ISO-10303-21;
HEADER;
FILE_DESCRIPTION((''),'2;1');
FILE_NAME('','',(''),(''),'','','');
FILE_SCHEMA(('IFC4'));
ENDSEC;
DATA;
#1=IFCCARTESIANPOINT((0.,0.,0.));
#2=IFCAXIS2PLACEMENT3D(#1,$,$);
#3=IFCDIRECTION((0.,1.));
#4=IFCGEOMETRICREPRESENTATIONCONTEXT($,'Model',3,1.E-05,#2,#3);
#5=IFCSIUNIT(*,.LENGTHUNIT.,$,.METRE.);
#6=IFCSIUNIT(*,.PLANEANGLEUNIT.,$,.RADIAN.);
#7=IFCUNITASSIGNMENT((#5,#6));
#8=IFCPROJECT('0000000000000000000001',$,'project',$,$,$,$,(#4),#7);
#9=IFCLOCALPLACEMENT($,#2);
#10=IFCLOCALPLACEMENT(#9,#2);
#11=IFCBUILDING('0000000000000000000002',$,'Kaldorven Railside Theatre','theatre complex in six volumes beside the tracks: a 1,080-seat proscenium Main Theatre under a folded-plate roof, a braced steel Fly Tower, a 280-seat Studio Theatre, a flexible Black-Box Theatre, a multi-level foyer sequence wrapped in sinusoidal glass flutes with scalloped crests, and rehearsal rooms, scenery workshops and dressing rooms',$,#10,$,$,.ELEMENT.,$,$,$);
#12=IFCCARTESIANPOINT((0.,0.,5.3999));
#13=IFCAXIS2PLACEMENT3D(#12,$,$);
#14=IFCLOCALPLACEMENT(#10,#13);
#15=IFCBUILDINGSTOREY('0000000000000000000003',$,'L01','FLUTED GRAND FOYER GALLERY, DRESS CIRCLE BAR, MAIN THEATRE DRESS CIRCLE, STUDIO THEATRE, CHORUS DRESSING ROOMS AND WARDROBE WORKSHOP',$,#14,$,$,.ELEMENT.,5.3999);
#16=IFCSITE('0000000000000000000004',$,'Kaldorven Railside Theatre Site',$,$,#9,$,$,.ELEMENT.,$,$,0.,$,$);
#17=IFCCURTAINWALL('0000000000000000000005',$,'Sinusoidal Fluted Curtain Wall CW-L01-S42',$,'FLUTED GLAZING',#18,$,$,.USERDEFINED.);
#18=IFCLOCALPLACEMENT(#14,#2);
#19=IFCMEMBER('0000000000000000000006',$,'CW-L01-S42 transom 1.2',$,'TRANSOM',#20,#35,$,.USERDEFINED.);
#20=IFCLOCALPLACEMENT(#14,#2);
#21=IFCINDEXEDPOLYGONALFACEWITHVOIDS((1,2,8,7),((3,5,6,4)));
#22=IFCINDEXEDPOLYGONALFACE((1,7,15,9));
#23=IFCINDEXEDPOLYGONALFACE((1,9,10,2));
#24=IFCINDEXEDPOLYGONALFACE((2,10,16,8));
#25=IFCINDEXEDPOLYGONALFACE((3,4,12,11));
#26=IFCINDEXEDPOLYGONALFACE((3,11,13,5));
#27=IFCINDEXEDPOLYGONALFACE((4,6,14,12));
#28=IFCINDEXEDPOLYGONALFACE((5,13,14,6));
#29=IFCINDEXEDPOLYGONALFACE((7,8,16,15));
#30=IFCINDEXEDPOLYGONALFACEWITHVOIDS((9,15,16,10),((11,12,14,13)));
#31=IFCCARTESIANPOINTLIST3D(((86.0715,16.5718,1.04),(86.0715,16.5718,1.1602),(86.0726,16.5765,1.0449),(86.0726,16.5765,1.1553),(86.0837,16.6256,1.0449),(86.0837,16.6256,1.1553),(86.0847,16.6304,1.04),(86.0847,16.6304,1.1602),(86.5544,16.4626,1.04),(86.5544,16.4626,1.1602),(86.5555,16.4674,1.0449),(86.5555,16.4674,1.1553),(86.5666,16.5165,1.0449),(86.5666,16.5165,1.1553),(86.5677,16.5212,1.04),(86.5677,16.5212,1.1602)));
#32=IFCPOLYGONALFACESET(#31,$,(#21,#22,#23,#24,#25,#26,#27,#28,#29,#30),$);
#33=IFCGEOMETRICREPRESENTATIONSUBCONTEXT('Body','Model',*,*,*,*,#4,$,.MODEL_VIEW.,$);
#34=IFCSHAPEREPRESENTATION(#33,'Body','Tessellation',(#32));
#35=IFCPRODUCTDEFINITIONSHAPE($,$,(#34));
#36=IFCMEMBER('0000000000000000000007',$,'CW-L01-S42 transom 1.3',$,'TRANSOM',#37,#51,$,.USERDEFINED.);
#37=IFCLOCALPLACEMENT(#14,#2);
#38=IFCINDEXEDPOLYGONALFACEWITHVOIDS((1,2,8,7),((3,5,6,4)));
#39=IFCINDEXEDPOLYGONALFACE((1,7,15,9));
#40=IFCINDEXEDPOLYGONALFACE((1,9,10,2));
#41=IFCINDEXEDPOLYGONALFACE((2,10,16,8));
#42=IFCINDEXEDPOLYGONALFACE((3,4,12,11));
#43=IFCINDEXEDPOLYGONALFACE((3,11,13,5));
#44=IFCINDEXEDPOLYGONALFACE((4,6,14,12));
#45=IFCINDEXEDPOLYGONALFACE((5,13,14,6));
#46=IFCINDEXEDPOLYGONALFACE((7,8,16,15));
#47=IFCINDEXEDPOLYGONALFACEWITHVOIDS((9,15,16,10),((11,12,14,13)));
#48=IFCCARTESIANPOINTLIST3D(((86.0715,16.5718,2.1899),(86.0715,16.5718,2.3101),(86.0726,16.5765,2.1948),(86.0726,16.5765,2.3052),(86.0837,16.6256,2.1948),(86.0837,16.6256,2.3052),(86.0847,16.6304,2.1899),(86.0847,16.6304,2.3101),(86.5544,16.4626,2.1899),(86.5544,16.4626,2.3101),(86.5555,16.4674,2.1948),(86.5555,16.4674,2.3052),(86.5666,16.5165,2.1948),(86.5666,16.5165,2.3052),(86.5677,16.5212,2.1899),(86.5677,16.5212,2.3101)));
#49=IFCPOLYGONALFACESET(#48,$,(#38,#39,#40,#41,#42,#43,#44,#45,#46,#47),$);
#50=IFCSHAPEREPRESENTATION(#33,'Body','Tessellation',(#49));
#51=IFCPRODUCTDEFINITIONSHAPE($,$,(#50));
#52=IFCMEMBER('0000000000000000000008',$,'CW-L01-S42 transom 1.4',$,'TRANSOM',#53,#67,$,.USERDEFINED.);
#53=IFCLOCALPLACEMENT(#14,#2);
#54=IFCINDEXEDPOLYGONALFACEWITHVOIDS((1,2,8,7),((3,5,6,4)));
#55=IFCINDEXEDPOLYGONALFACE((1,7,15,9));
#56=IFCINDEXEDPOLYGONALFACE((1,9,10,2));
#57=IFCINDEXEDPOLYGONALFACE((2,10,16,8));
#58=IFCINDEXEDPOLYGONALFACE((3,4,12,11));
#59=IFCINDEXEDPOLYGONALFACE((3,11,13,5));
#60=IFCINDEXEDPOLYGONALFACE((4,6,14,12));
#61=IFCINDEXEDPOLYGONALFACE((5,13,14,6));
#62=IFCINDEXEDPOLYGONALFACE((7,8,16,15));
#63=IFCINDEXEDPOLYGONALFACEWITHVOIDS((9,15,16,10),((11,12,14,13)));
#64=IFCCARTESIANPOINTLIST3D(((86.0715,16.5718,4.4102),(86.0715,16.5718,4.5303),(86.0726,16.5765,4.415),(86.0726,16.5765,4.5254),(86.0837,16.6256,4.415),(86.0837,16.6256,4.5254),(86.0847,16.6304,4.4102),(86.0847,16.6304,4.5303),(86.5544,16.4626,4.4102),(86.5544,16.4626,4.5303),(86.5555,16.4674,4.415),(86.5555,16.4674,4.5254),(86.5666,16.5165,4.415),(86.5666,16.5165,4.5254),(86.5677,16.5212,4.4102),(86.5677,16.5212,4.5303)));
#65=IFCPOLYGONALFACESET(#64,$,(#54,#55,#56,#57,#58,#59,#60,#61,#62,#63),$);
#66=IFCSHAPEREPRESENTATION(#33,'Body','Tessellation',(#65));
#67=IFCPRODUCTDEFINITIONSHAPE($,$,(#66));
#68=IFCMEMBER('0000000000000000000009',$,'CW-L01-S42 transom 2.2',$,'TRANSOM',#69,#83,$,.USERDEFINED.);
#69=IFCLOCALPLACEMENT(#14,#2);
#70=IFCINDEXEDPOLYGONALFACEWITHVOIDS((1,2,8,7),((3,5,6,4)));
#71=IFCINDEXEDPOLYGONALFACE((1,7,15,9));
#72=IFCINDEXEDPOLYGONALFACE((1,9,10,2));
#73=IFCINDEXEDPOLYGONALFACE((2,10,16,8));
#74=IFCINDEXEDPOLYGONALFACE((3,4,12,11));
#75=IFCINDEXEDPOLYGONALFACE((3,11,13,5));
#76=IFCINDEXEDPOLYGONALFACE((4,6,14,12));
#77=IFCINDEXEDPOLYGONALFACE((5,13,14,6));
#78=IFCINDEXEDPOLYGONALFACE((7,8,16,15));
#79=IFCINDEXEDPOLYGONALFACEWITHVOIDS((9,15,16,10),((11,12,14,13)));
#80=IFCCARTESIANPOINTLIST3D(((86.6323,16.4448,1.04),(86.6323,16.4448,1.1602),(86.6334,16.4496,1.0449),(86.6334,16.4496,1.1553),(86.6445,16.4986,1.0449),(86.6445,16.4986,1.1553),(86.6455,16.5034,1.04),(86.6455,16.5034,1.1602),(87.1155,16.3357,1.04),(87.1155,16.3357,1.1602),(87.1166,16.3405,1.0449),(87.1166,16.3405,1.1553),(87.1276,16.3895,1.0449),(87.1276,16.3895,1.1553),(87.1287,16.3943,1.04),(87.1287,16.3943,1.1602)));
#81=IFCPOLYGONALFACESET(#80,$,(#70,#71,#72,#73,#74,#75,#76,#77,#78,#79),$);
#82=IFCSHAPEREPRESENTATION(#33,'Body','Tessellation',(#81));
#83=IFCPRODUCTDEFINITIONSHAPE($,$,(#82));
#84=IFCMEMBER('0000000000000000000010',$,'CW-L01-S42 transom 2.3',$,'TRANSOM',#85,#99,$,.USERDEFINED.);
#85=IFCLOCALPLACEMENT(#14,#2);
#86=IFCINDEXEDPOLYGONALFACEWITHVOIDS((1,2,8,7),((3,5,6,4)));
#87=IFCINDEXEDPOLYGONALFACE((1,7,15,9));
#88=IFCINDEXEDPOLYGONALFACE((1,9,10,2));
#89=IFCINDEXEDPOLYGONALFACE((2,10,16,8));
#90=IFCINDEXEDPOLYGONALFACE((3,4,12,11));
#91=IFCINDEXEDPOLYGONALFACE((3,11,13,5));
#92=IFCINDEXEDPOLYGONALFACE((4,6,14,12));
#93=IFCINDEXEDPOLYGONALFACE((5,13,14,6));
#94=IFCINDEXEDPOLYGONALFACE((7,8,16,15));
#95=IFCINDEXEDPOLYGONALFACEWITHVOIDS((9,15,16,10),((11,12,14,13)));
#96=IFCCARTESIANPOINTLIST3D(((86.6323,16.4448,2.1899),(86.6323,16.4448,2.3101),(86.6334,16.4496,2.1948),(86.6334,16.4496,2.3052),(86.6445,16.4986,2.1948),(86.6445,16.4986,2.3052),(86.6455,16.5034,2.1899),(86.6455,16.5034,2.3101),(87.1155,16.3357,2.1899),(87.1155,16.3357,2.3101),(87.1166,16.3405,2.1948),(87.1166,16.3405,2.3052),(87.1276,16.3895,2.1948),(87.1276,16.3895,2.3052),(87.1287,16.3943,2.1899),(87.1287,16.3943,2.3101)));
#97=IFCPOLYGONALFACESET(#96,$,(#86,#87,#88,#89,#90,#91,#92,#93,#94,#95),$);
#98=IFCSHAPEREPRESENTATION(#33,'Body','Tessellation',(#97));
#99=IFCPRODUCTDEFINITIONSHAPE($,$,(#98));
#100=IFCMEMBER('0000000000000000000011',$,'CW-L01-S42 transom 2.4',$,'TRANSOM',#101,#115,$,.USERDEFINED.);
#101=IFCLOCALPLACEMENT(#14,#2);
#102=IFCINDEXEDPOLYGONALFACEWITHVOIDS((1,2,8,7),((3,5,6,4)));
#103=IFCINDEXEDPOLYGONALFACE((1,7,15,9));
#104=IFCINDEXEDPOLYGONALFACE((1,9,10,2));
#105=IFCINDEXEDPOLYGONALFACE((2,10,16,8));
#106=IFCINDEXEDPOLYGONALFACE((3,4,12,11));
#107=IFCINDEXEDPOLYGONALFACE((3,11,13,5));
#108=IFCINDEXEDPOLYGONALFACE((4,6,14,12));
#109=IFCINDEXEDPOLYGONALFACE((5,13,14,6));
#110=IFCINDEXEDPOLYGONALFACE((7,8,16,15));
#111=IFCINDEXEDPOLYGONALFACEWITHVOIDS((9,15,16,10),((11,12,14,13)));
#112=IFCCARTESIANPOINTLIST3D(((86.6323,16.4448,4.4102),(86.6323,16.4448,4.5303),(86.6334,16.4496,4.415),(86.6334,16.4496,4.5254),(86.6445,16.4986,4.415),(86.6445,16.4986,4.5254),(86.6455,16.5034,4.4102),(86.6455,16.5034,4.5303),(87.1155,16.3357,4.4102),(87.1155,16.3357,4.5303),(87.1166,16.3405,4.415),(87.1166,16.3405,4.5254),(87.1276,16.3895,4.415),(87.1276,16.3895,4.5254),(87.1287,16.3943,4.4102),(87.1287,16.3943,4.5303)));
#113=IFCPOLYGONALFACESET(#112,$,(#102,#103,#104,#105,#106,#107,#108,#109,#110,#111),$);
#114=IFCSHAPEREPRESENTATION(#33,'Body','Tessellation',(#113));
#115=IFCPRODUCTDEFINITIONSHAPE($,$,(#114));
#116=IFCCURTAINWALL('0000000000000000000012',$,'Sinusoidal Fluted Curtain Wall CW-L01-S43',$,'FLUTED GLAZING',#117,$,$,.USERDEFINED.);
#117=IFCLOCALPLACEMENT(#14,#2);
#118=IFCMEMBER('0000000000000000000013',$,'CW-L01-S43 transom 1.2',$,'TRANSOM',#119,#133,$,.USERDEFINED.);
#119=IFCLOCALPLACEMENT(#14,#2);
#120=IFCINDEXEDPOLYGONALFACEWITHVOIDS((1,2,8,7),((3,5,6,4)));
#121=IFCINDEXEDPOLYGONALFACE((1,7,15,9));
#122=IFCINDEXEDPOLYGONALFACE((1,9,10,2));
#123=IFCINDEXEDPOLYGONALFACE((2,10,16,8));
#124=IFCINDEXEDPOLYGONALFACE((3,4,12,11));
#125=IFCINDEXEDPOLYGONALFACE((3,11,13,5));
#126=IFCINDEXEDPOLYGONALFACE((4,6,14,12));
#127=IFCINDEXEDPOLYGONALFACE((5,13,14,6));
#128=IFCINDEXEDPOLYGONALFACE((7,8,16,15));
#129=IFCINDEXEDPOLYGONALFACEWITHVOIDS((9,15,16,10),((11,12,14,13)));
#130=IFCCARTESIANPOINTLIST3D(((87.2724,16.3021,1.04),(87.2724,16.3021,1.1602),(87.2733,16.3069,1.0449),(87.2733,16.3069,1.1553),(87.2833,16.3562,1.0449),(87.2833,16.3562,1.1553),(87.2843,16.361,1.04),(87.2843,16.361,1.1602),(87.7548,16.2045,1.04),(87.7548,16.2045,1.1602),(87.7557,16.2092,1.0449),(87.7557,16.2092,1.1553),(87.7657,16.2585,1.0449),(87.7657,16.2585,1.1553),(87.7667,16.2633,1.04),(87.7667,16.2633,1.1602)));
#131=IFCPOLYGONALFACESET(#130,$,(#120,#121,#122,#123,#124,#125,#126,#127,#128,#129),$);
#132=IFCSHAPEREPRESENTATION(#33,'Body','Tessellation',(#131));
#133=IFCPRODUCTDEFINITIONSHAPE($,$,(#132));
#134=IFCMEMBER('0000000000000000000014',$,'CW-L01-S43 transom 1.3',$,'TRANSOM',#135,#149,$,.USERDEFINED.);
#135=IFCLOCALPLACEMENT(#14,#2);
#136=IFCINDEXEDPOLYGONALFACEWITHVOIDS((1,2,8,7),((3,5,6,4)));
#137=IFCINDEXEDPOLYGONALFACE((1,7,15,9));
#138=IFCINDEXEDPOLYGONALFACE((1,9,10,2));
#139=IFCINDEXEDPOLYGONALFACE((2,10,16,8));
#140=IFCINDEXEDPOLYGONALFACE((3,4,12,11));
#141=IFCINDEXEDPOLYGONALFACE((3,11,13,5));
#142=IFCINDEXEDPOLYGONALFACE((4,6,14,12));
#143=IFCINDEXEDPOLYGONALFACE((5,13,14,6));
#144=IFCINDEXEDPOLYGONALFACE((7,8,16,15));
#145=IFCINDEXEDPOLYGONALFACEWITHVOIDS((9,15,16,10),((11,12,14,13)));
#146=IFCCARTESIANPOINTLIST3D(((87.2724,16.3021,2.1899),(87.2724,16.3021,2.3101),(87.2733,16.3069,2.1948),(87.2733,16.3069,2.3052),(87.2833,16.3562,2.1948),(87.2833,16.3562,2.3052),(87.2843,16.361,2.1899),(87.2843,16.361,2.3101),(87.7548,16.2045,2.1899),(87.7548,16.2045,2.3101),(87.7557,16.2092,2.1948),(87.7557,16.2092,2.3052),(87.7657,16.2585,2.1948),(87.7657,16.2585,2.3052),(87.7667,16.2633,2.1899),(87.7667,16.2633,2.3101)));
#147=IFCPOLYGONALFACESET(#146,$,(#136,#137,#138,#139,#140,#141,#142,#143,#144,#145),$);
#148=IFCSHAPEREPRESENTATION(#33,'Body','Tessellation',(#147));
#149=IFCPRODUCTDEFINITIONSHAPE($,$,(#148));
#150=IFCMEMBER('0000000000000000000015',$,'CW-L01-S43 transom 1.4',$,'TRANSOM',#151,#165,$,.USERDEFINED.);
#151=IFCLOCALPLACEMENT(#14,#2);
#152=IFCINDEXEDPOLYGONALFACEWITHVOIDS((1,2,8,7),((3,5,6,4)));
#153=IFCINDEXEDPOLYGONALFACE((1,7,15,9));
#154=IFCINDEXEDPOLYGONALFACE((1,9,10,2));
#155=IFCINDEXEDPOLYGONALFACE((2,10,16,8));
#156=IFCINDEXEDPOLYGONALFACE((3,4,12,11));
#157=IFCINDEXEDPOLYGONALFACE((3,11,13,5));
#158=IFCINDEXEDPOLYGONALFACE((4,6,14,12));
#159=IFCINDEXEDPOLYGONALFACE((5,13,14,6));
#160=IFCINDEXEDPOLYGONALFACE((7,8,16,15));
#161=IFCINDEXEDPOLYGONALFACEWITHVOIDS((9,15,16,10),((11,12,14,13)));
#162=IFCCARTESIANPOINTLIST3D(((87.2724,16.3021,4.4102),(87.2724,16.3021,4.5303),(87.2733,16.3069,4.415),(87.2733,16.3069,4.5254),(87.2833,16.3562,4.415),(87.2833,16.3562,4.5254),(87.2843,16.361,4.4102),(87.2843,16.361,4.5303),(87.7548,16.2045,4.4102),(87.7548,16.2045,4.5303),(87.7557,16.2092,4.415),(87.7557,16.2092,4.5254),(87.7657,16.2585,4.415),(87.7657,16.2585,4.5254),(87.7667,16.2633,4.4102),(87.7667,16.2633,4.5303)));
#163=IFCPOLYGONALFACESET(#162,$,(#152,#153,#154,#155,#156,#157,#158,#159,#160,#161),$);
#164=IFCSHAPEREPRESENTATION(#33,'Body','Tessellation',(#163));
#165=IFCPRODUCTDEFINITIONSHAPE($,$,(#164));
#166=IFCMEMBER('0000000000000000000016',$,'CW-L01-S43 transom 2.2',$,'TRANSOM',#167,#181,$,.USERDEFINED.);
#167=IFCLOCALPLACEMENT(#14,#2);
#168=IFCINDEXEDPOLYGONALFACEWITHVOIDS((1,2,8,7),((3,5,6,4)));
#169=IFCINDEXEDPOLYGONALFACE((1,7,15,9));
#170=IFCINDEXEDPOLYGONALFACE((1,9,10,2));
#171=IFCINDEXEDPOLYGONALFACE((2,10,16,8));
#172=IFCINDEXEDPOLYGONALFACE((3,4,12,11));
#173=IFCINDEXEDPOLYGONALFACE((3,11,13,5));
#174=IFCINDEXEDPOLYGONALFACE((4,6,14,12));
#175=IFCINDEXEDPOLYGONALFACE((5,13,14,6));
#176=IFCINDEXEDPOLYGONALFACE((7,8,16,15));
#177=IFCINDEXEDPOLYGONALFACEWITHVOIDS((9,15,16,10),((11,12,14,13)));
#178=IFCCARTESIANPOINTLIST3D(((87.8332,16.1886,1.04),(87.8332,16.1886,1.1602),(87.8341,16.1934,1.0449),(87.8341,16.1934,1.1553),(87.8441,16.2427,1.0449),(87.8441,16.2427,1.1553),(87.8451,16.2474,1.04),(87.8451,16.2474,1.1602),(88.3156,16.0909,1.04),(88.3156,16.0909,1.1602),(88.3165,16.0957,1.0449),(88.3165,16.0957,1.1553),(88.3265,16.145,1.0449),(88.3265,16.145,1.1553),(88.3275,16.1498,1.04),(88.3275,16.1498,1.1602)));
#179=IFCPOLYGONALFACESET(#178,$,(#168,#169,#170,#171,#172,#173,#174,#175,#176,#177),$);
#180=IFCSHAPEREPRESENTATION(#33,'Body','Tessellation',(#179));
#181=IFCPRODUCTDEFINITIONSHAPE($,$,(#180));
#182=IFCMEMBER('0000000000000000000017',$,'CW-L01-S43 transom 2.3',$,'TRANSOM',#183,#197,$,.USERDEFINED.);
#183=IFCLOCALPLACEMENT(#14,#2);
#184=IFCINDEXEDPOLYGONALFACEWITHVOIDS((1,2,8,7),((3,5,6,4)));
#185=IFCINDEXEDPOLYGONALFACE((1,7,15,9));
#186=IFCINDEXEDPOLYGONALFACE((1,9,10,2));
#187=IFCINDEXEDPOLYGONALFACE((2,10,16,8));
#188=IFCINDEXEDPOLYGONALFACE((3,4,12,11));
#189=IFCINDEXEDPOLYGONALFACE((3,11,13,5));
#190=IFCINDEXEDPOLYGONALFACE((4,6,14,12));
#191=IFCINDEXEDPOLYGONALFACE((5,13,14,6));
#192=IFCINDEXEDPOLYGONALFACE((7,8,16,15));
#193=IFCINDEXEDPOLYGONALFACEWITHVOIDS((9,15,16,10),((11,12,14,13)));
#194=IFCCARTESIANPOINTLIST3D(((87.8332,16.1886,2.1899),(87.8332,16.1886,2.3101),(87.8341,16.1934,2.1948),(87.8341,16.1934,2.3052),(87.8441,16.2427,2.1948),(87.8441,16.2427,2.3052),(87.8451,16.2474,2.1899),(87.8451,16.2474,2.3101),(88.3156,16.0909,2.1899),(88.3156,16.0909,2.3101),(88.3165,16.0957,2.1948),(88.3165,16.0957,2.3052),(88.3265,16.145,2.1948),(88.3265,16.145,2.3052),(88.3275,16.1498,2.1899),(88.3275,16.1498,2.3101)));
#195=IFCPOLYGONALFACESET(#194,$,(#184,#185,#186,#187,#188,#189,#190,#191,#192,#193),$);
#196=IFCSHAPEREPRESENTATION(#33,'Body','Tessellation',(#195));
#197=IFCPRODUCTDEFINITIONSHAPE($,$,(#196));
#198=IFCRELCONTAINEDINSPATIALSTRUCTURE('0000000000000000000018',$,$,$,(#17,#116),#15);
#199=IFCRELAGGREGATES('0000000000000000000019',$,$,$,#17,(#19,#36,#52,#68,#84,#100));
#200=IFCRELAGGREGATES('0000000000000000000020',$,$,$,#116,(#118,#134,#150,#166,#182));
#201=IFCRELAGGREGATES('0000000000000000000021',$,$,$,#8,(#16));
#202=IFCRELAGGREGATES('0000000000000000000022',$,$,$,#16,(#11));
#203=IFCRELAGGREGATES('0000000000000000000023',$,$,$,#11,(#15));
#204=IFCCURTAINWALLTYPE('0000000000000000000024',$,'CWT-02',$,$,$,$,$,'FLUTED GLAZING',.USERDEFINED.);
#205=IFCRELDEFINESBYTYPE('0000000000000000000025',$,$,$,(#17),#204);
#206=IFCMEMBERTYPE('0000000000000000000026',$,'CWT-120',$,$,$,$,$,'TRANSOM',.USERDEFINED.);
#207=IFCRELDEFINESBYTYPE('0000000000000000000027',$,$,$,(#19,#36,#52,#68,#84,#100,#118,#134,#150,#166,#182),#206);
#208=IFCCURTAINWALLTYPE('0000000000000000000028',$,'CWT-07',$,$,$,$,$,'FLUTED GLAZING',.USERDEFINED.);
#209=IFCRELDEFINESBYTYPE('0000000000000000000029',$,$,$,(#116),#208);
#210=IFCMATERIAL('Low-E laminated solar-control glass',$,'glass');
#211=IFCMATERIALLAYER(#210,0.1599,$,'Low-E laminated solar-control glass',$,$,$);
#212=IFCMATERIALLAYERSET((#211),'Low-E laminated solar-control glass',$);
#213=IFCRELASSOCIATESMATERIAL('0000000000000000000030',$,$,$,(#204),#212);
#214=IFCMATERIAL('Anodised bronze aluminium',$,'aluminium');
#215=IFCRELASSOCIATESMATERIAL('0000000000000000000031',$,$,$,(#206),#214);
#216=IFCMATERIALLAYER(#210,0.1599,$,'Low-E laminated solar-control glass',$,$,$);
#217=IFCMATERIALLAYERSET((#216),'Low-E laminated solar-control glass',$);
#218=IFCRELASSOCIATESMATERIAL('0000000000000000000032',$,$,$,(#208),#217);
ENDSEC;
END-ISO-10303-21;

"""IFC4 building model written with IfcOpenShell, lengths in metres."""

from ifc_helpers import new_model, si_unit, direction, frame, origin, origin_2d, place, context, subcontext, project, spatial, hollow_rectangle, extrude, material, layer, layer_set, material_profile, profile_set, type_object, element, aggregate, save


model = new_model("IFC4")

# Units and contexts
model_context = context("Model", 3, precision=1e-05, world=origin(), true_north=direction((0.0, 1.0)))
body_context = subcontext(model_context, "Body", "Model", "MODEL_VIEW")
ifc_project = project(units=[si_unit("LENGTHUNIT", "METRE"), si_unit("PLANEANGLEUNIT", "RADIAN")], contexts=[model_context])

# Site, building, storey
site_placement = place(None, origin())
site = spatial("IfcSite", under=ifc_project, at=site_placement, Name="Kaldorven Railside Theatre Site", CompositionType="ELEMENT", RefElevation=0.0)
building_placement = place(site_placement, origin())
building = spatial("IfcBuilding", under=site, at=building_placement, Name="Kaldorven Railside Theatre", Description="theatre complex in six volumes beside the tracks: a 1,080-seat proscenium Main Theatre under a folded-plate roof, a braced steel Fly Tower, a 280-seat Studio Theatre, a flexible Black-Box Theatre, a multi-level foyer sequence wrapped in sinusoidal glass flutes with scalloped crests, and rehearsal rooms, scenery workshops and dressing rooms", CompositionType="ELEMENT")
storey_placement = place(building_placement, frame((0.0, 0.0, 5.3999)))
storey = spatial("IfcBuildingStorey", under=building, at=storey_placement, Name="L01", Description="FLUTED GRAND FOYER GALLERY, DRESS CIRCLE BAR, MAIN THEATRE DRESS CIRCLE, STUDIO THEATRE, CHORUS DRESSING ROOMS AND WARDROBE WORKSHOP", CompositionType="ELEMENT", Elevation=5.3999)

# Curtain walls, members
ifc_material_1 = material(Name="Low-E laminated solar-control glass", Category="glass")
ifc_layer_1 = layer(ifc_material_1, 0.1599, Name="Low-E laminated solar-control glass")
ifc_layer_set_1 = layer_set([ifc_layer_1], Name="Low-E laminated solar-control glass")
curtain_wall_type_1 = type_object("IfcCurtainWallType", Name="CWT-02", ElementType="FLUTED GLAZING", PredefinedType="USERDEFINED", material=ifc_layer_set_1)
curtain_wall_1_placement = place(storey_placement, origin())
curtain_wall_1 = element("IfcCurtainWall", 1, at=curtain_wall_1_placement, inside=storey, type_object=curtain_wall_type_1, Name="Sinusoidal Fluted Curtain Wall CW-L01-S42", ObjectType="FLUTED GLAZING", PredefinedType="USERDEFINED")
ifc_material_2 = material(Name="Anodised bronze aluminium", Category="aluminium")
ifc_material_profile = material_profile(ifc_material_2, hollow_rectangle(XDim=0.0601, YDim=0.1201, WallThickness=0.0049, at=origin_2d()), Name="RHS 120x60x5")
ifc_profile_set = profile_set([ifc_material_profile], Name="Anodised bronze aluminium")
member_type = type_object("IfcMemberType", Name="CWT-120", ElementType="TRANSOM", PredefinedType="USERDEFINED", material=ifc_profile_set)
member_1_placement = place(storey_placement, frame((86.0781, 16.6011, 1.1001), z_axis=(0.975403, -0.220427, 0.0), x_axis=(0.220427, 0.975403, 0.0)))
member_1 = element("IfcMember", 2, at=member_1_placement, type_object=member_type, Name="CW-L01-S42 transom 1.2", ObjectType="TRANSOM", PredefinedType="USERDEFINED", context=body_context, shape_type="SweptSolid", body=[
    extrude(hollow_rectangle(XDim=0.0601, YDim=0.1201, WallThickness=0.0049, at=origin_2d()), origin(), (0.0, 0.0, 1.0), 0.4951),
])
member_2_placement = place(storey_placement, frame((86.0781, 16.6011, 2.25), z_axis=(0.975403, -0.220427, 0.0), x_axis=(0.220427, 0.975403, 0.0)))
member_2 = element("IfcMember", 3, at=member_2_placement, type_object=member_type, Name="CW-L01-S42 transom 1.3", ObjectType="TRANSOM", PredefinedType="USERDEFINED", context=body_context, shape_type="SweptSolid", body=[
    extrude(hollow_rectangle(XDim=0.0601, YDim=0.1201, WallThickness=0.0049, at=origin_2d()), origin(), (0.0, 0.0, 1.0), 0.4951),
])
member_3_placement = place(storey_placement, frame((86.0781, 16.6011, 4.4702), z_axis=(0.975403, -0.220427, 0.0), x_axis=(0.220427, 0.975403, 0.0)))
member_3 = element("IfcMember", 4, at=member_3_placement, type_object=member_type, Name="CW-L01-S42 transom 1.4", ObjectType="TRANSOM", PredefinedType="USERDEFINED", context=body_context, shape_type="SweptSolid", body=[
    extrude(hollow_rectangle(XDim=0.0601, YDim=0.1201, WallThickness=0.0049, at=origin_2d()), origin(), (0.0, 0.0, 1.0), 0.4951),
])
member_4_placement = place(storey_placement, frame((86.6389, 16.4741, 1.1001), z_axis=(0.975427, -0.220321, 0.0), x_axis=(0.220321, 0.975427, 0.0)))
member_4 = element("IfcMember", 5, at=member_4_placement, type_object=member_type, Name="CW-L01-S42 transom 2.2", ObjectType="TRANSOM", PredefinedType="USERDEFINED", context=body_context, shape_type="SweptSolid", body=[
    extrude(hollow_rectangle(XDim=0.0601, YDim=0.1201, WallThickness=0.0049, at=origin_2d()), origin(), (0.0, 0.0, 1.0), 0.4954),
])
member_5_placement = place(storey_placement, frame((86.6389, 16.4741, 2.25), z_axis=(0.975427, -0.220321, 0.0), x_axis=(0.220321, 0.975427, 0.0)))
member_5 = element("IfcMember", 6, at=member_5_placement, type_object=member_type, Name="CW-L01-S42 transom 2.3", ObjectType="TRANSOM", PredefinedType="USERDEFINED", context=body_context, shape_type="SweptSolid", body=[
    extrude(hollow_rectangle(XDim=0.0601, YDim=0.1201, WallThickness=0.0049, at=origin_2d()), origin(), (0.0, 0.0, 1.0), 0.4954),
])
member_6_placement = place(storey_placement, frame((86.6389, 16.4741, 4.4702), z_axis=(0.975427, -0.220321, 0.0), x_axis=(0.220321, 0.975427, 0.0)))
member_6 = element("IfcMember", 7, at=member_6_placement, type_object=member_type, Name="CW-L01-S42 transom 2.4", ObjectType="TRANSOM", PredefinedType="USERDEFINED", context=body_context, shape_type="SweptSolid", body=[
    extrude(hollow_rectangle(XDim=0.0601, YDim=0.1201, WallThickness=0.0049, at=origin_2d()), origin(), (0.0, 0.0, 1.0), 0.4954),
])
ifc_layer_2 = layer(ifc_material_1, 0.1599, Name="Low-E laminated solar-control glass")
ifc_layer_set_2 = layer_set([ifc_layer_2], Name="Low-E laminated solar-control glass")
curtain_wall_type_2 = type_object("IfcCurtainWallType", Name="CWT-07", ElementType="FLUTED GLAZING", PredefinedType="USERDEFINED", material=ifc_layer_set_2)
curtain_wall_2_placement = place(storey_placement, origin())
curtain_wall_2 = element("IfcCurtainWall", 8, at=curtain_wall_2_placement, inside=storey, type_object=curtain_wall_type_2, Name="Sinusoidal Fluted Curtain Wall CW-L01-S43", ObjectType="FLUTED GLAZING", PredefinedType="USERDEFINED")
member_7_placement = place(storey_placement, frame((87.2783, 16.3315, 1.1001), z_axis=(0.98012, -0.198405, 0.0), x_axis=(0.198405, 0.98012, 0.0)))
member_7 = element("IfcMember", 9, at=member_7_placement, type_object=member_type, Name="CW-L01-S43 transom 1.2", ObjectType="TRANSOM", PredefinedType="USERDEFINED", context=body_context, shape_type="SweptSolid", body=[
    extrude(hollow_rectangle(XDim=0.0601, YDim=0.1201, WallThickness=0.0049, at=origin_2d()), origin(), (0.0, 0.0, 1.0), 0.4922),
])
member_8_placement = place(storey_placement, frame((87.2783, 16.3315, 2.25), z_axis=(0.98012, -0.198405, 0.0), x_axis=(0.198405, 0.98012, 0.0)))
member_8 = element("IfcMember", 10, at=member_8_placement, type_object=member_type, Name="CW-L01-S43 transom 1.3", ObjectType="TRANSOM", PredefinedType="USERDEFINED", context=body_context, shape_type="SweptSolid", body=[
    extrude(hollow_rectangle(XDim=0.0601, YDim=0.1201, WallThickness=0.0049, at=origin_2d()), origin(), (0.0, 0.0, 1.0), 0.4922),
])
member_9_placement = place(storey_placement, frame((87.2783, 16.3315, 4.4702), z_axis=(0.98012, -0.198405, 0.0), x_axis=(0.198405, 0.98012, 0.0)))
member_9 = element("IfcMember", 11, at=member_9_placement, type_object=member_type, Name="CW-L01-S43 transom 1.4", ObjectType="TRANSOM", PredefinedType="USERDEFINED", context=body_context, shape_type="SweptSolid", body=[
    extrude(hollow_rectangle(XDim=0.0601, YDim=0.1201, WallThickness=0.0049, at=origin_2d()), origin(), (0.0, 0.0, 1.0), 0.4922),
])
member_10_placement = place(storey_placement, frame((87.8391, 16.218, 1.1001), z_axis=(0.98012, -0.198405, 0.0), x_axis=(0.198405, 0.98012, 0.0)))
member_10 = element("IfcMember", 12, at=member_10_placement, type_object=member_type, Name="CW-L01-S43 transom 2.2", ObjectType="TRANSOM", PredefinedType="USERDEFINED", context=body_context, shape_type="SweptSolid", body=[
    extrude(hollow_rectangle(XDim=0.0601, YDim=0.1201, WallThickness=0.0049, at=origin_2d()), origin(), (0.0, 0.0, 1.0), 0.4922),
])
member_11_placement = place(storey_placement, frame((87.8391, 16.218, 2.25), z_axis=(0.98012, -0.198405, 0.0), x_axis=(0.198405, 0.98012, 0.0)))
member_11 = element("IfcMember", 13, at=member_11_placement, type_object=member_type, Name="CW-L01-S43 transom 2.3", ObjectType="TRANSOM", PredefinedType="USERDEFINED", context=body_context, shape_type="SweptSolid", body=[
    extrude(hollow_rectangle(XDim=0.0601, YDim=0.1201, WallThickness=0.0049, at=origin_2d()), origin(), (0.0, 0.0, 1.0), 0.4922),
])

aggregate(curtain_wall_1, [member_1, member_2, member_3, member_4, member_5, member_6])
aggregate(curtain_wall_2, [member_7, member_8, member_9, member_10, member_11])

save(model, "model.ifc")
